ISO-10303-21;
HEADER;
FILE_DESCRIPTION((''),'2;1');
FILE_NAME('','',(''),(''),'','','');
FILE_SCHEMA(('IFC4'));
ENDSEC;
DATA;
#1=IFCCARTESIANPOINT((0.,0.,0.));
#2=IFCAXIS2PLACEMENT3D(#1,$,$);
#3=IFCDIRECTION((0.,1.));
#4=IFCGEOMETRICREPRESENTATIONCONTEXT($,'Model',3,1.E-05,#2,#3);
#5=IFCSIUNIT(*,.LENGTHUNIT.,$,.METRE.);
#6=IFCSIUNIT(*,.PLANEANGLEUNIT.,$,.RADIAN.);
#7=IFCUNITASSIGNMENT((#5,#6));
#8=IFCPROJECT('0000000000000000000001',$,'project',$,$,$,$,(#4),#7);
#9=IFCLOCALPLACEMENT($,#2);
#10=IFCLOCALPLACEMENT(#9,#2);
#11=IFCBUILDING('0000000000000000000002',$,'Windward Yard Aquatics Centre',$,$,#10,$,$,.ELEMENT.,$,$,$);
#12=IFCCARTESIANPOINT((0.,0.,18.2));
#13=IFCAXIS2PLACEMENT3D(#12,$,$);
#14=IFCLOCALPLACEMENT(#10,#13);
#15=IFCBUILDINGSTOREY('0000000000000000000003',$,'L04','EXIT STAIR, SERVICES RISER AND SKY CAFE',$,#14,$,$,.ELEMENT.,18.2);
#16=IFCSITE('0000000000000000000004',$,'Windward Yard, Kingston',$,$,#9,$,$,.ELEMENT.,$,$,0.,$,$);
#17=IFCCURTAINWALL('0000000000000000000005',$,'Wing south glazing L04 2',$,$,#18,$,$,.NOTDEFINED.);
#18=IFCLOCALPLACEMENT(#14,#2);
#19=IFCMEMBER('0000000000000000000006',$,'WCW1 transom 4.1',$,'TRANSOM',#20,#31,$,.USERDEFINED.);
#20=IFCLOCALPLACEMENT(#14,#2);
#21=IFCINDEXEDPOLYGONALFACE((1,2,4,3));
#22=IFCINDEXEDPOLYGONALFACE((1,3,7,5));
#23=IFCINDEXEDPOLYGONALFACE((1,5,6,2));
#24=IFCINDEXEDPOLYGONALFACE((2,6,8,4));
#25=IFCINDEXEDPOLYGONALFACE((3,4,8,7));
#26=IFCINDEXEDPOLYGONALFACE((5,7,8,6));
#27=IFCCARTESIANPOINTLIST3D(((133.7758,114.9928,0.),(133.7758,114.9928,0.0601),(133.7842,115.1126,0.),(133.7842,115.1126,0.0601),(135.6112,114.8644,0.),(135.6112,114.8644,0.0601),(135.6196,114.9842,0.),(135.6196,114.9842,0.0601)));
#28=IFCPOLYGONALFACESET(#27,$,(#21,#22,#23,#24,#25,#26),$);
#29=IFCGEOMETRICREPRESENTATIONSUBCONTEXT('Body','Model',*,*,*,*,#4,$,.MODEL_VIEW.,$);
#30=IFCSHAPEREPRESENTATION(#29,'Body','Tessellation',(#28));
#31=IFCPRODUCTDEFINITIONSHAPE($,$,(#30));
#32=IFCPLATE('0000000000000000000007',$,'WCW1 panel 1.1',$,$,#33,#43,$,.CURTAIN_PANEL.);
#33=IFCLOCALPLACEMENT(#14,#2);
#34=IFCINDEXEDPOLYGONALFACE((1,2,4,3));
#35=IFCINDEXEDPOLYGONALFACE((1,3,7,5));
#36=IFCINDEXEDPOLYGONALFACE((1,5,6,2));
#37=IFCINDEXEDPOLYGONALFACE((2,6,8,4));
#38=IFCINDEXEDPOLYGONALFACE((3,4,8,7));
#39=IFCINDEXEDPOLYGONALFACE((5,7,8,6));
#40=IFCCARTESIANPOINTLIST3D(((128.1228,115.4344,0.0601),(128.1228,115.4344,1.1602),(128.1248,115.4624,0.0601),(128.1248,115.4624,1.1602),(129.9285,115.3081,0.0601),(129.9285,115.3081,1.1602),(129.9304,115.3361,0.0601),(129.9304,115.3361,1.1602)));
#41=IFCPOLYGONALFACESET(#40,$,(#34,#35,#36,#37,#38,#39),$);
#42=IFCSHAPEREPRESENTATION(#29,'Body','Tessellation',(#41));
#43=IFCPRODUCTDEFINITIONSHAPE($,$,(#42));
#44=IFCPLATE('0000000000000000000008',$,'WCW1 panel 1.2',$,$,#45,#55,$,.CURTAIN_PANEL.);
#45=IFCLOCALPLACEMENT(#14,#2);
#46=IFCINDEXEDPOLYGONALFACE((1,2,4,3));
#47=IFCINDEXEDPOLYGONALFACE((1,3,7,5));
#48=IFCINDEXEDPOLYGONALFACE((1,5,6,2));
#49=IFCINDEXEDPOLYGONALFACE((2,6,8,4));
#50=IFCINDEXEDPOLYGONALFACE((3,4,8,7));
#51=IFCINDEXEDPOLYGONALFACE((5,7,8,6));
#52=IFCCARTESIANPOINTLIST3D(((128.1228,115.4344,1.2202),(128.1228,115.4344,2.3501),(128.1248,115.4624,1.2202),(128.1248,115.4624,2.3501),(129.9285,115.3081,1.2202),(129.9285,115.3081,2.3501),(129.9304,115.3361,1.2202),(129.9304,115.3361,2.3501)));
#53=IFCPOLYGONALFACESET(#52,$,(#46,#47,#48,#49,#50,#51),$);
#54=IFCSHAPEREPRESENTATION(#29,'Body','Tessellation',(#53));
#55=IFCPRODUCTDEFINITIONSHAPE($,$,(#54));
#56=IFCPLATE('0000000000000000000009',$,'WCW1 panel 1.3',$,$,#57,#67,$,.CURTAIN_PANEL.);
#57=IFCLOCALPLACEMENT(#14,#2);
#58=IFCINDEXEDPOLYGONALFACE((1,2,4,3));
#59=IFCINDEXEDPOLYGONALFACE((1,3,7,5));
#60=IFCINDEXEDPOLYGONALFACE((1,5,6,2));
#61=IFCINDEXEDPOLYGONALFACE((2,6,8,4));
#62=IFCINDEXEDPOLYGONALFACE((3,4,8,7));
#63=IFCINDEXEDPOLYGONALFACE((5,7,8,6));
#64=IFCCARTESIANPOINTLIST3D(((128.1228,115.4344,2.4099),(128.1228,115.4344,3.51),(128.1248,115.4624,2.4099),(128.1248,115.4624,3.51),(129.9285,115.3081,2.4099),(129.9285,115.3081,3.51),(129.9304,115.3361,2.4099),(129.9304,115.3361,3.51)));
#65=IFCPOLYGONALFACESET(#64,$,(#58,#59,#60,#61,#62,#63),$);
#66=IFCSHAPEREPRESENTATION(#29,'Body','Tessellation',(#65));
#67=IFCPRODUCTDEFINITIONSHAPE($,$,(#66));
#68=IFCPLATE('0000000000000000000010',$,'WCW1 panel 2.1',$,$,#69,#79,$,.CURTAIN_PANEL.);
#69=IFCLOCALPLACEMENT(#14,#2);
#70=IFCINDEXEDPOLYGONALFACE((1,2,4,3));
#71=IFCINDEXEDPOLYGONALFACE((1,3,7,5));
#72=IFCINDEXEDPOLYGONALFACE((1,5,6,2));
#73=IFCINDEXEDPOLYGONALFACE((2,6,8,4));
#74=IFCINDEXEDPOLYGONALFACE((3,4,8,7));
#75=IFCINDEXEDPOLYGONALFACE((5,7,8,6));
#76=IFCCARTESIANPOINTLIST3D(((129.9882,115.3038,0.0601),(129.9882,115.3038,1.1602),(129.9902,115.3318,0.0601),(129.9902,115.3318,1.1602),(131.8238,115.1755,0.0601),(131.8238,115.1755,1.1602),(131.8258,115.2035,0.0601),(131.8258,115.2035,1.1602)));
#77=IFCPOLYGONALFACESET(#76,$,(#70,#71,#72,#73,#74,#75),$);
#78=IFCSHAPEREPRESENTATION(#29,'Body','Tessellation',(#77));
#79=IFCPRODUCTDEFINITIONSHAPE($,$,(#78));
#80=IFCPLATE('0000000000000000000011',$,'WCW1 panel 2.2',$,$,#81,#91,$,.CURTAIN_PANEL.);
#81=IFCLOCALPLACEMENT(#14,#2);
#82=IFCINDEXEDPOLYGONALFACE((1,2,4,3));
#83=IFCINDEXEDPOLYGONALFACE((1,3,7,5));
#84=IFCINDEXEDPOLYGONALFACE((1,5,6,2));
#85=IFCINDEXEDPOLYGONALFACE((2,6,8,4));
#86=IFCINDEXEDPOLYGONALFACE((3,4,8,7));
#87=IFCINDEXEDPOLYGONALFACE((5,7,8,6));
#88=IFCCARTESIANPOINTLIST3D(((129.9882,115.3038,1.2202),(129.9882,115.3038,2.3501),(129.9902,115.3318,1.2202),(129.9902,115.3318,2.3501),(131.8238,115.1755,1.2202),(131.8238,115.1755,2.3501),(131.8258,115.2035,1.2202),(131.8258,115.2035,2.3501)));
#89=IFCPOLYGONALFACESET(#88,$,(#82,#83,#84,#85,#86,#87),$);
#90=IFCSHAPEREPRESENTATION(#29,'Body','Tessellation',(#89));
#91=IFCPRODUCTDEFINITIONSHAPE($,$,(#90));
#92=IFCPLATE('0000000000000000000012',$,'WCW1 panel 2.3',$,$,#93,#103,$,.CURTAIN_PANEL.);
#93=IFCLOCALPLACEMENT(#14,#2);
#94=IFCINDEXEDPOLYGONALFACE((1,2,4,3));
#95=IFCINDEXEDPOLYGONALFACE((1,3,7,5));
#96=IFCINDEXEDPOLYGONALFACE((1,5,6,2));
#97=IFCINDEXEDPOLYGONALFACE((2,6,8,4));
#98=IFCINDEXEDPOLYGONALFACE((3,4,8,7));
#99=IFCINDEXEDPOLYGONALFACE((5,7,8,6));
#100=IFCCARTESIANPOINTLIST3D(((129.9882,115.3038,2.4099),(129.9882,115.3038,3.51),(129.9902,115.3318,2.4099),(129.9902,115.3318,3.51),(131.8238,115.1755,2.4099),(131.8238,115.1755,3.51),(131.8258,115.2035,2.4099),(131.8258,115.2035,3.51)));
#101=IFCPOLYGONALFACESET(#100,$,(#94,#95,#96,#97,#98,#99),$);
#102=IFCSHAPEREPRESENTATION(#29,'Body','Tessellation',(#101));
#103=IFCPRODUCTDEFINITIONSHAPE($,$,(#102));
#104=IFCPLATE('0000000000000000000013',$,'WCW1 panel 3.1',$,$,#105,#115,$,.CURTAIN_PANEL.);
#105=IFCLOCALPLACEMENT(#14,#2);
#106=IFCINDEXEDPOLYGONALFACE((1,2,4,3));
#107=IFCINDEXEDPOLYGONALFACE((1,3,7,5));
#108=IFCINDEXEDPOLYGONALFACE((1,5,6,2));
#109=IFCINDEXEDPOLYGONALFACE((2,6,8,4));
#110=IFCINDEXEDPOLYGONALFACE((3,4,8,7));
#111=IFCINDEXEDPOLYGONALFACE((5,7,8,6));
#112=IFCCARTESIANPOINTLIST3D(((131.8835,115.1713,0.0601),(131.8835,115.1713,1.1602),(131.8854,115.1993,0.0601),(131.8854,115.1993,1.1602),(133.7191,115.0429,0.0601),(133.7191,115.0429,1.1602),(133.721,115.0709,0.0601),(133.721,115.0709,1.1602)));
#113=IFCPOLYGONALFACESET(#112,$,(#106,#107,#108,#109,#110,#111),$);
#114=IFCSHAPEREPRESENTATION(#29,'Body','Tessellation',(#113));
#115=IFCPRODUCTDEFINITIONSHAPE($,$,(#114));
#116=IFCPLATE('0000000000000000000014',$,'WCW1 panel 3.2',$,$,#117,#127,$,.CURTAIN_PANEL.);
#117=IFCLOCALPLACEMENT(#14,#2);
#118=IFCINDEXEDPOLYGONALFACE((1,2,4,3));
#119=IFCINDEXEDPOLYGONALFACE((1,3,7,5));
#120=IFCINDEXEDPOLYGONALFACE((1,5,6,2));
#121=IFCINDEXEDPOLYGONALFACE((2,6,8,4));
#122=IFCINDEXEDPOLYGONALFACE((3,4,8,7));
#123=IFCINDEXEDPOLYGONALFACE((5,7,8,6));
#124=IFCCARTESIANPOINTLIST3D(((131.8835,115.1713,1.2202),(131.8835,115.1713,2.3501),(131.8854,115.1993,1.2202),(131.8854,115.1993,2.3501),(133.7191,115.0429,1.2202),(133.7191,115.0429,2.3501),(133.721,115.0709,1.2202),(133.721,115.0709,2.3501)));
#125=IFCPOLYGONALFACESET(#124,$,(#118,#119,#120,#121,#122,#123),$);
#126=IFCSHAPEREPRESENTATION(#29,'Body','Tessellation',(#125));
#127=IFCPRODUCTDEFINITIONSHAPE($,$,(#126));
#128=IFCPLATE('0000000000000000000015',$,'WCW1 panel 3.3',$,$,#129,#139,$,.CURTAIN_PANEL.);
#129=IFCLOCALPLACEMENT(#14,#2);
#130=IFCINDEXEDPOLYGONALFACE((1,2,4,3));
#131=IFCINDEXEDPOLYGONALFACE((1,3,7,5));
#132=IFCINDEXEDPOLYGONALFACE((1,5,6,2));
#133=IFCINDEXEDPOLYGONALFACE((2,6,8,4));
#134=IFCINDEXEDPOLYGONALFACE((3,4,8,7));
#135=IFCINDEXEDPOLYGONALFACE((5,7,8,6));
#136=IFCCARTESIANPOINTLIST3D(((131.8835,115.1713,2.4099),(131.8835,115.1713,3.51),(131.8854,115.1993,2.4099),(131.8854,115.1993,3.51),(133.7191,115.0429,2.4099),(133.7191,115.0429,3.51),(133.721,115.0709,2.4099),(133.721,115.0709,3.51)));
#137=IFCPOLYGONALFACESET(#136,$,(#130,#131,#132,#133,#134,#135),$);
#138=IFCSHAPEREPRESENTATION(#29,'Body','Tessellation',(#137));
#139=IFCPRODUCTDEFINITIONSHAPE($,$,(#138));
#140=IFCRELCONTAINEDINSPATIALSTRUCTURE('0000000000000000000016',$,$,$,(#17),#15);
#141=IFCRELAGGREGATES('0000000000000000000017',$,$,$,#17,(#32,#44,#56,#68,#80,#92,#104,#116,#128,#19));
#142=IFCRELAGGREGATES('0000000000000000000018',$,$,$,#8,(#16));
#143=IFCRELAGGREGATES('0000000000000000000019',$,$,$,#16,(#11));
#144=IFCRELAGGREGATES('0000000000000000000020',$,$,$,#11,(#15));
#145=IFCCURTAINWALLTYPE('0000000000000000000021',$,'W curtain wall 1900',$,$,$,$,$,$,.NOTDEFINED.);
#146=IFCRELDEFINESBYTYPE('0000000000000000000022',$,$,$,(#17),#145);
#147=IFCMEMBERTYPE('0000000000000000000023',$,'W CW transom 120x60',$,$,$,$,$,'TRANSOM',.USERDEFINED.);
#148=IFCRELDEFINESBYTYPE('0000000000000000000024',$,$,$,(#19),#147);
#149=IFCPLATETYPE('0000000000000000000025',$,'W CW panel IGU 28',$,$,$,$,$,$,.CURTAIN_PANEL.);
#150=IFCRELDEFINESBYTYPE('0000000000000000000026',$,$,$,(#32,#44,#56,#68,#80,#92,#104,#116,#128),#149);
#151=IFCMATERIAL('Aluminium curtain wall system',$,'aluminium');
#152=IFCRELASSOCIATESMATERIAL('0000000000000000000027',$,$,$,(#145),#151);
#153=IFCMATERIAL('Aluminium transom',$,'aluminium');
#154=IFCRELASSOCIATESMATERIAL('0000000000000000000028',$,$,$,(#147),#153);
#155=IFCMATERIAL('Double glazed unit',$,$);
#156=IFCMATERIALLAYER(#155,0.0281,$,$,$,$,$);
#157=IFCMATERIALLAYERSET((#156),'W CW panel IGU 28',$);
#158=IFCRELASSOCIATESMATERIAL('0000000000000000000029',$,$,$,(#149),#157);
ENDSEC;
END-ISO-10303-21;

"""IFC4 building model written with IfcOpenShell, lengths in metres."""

from ifc_helpers import new_model, si_unit, direction, frame, origin, origin_2d, place, context, subcontext, project, spatial, rectangle, extrude, material, layer, layer_set, material_profile, profile_set, type_object, element, aggregate, save


model = new_model("IFC4")

# Units and contexts
model_context = context("Model", 3, precision=1e-05, world=origin(), true_north=direction((0.0, 1.0)))
body_context = subcontext(model_context, "Body", "Model", "MODEL_VIEW")
ifc_project = project(units=[si_unit("LENGTHUNIT", "METRE"), si_unit("PLANEANGLEUNIT", "RADIAN")], contexts=[model_context])

# Site, building, storey
site_placement = place(None, origin())
site = spatial("IfcSite", under=ifc_project, at=site_placement, Name="Windward Yard, Kingston", CompositionType="ELEMENT", RefElevation=0.0)
building_placement = place(site_placement, origin())
building = spatial("IfcBuilding", under=site, at=building_placement, Name="Windward Yard Aquatics Centre", CompositionType="ELEMENT")
storey_placement = place(building_placement, frame((0.0, 0.0, 18.2)))
storey = spatial("IfcBuildingStorey", under=building, at=storey_placement, Name="L04", Description="EXIT STAIR, SERVICES RISER AND SKY CAFE", CompositionType="ELEMENT", Elevation=18.2)

# Curtain wall, member, plates
ifc_material_1 = material(Name="Aluminium curtain wall system", Category="aluminium")
curtain_wall_type = type_object("IfcCurtainWallType", Name="W curtain wall 1900", PredefinedType="NOTDEFINED", material=ifc_material_1)
curtain_wall_placement = place(storey_placement, origin())
curtain_wall = element("IfcCurtainWall", 1, at=curtain_wall_placement, inside=storey, type_object=curtain_wall_type, Name="Wing south glazing L04 2", PredefinedType="NOTDEFINED")
ifc_material_2 = material(Name="Aluminium transom", Category="aluminium")
ifc_material_profile_1 = material_profile(ifc_material_2, rectangle(XDim=0.1201, YDim=0.0601, at=origin_2d()), Name="AL 120x60")
ifc_profile_set_1 = profile_set([ifc_material_profile_1], Name="Aluminium transom")
member_type_1 = type_object("IfcMemberType", Name="W CW transom 120x60", ElementType="TRANSOM", PredefinedType="USERDEFINED", material=ifc_profile_set_1)
member_1_placement = place(storey_placement, frame((133.78, 115.0527, 0.03), z_axis=(0.997561, -0.069795, 0.0), x_axis=(0.069795, 0.997561, 0.0)))
member_1 = element("IfcMember", 2, at=member_1_placement, type_object=member_type_1, Name="WCW1 transom 4.1", ObjectType="TRANSOM", PredefinedType="USERDEFINED", context=body_context, shape_type="SweptSolid", body=[
    extrude(rectangle(XDim=0.1201, YDim=0.0601, at=origin_2d()), origin(), (0.0, 0.0, 1.0), 1.8398),
])
ifc_material_3 = material(Name="Double glazed unit")
ifc_layer = layer(ifc_material_3, 0.0281)
ifc_layer_set = layer_set([ifc_layer], Name="W CW panel IGU 28")
plate_type = type_object("IfcPlateType", Name="W CW panel IGU 28", PredefinedType="CURTAIN_PANEL", material=ifc_layer_set)
plate_1_placement = place(storey_placement, frame((129.0266, 115.3853, 0.0601), z_axis=(0.0, 0.0, 1.0), x_axis=(0.997564, -0.069758, 0.0)))
plate_1 = element("IfcPlate", 3, at=plate_1_placement, type_object=plate_type, Name="WCW1 panel 1.1", PredefinedType="CURTAIN_PANEL", context=body_context, shape_type="SweptSolid", body=[
    extrude(rectangle(XDim=1.8101, YDim=0.0281, at=origin_2d()), origin(), (0.0, 0.0, 1.0), 1.1001),
])
plate_2_placement = place(storey_placement, frame((129.0266, 115.3853, 1.2202), z_axis=(0.0, 0.0, 1.0), x_axis=(0.997564, -0.069758, 0.0)))
plate_2 = element("IfcPlate", 4, at=plate_2_placement, type_object=plate_type, Name="WCW1 panel 1.2", PredefinedType="CURTAIN_PANEL", context=body_context, shape_type="SweptSolid", body=[
    extrude(rectangle(XDim=1.8101, YDim=0.0281, at=origin_2d()), origin(), (0.0, 0.0, 1.0), 1.1299),
])
plate_3_placement = place(storey_placement, frame((129.0266, 115.3853, 2.4099), z_axis=(0.0, 0.0, 1.0), x_axis=(0.997564, -0.069758, 0.0)))
plate_3 = element("IfcPlate", 5, at=plate_3_placement, type_object=plate_type, Name="WCW1 panel 1.3", PredefinedType="CURTAIN_PANEL", context=body_context, shape_type="SweptSolid", body=[
    extrude(rectangle(XDim=1.8101, YDim=0.0281, at=origin_2d()), origin(), (0.0, 0.0, 1.0), 1.1001),
])
plate_4_placement = place(storey_placement, frame((130.907, 115.2537, 0.0601), z_axis=(0.0, 0.0, 1.0), x_axis=(0.997564, -0.069758, 0.0)))
plate_4 = element("IfcPlate", 6, at=plate_4_placement, type_object=plate_type, Name="WCW1 panel 2.1", PredefinedType="CURTAIN_PANEL", context=body_context, shape_type="SweptSolid", body=[
    extrude(rectangle(XDim=1.8401, YDim=0.0281, at=origin_2d()), origin(), (0.0, 0.0, 1.0), 1.1001),
])
plate_5_placement = place(storey_placement, frame((130.907, 115.2537, 1.2202), z_axis=(0.0, 0.0, 1.0), x_axis=(0.997564, -0.069758, 0.0)))
plate_5 = element("IfcPlate", 7, at=plate_5_placement, type_object=plate_type, Name="WCW1 panel 2.2", PredefinedType="CURTAIN_PANEL", context=body_context, shape_type="SweptSolid", body=[
    extrude(rectangle(XDim=1.8401, YDim=0.0281, at=origin_2d()), origin(), (0.0, 0.0, 1.0), 1.1299),
])
plate_6_placement = place(storey_placement, frame((130.907, 115.2537, 2.4099), z_axis=(0.0, 0.0, 1.0), x_axis=(0.997564, -0.069758, 0.0)))
plate_6 = element("IfcPlate", 8, at=plate_6_placement, type_object=plate_type, Name="WCW1 panel 2.3", PredefinedType="CURTAIN_PANEL", context=body_context, shape_type="SweptSolid", body=[
    extrude(rectangle(XDim=1.8401, YDim=0.0281, at=origin_2d()), origin(), (0.0, 0.0, 1.0), 1.1001),
])
plate_7_placement = place(storey_placement, frame((132.8022, 115.1211, 0.0601), z_axis=(0.0, 0.0, 1.0), x_axis=(0.997564, -0.069758, 0.0)))
plate_7 = element("IfcPlate", 9, at=plate_7_placement, type_object=plate_type, Name="WCW1 panel 3.1", PredefinedType="CURTAIN_PANEL", context=body_context, shape_type="SweptSolid", body=[
    extrude(rectangle(XDim=1.8401, YDim=0.0281, at=origin_2d()), origin(), (0.0, 0.0, 1.0), 1.1001),
])
plate_8_placement = place(storey_placement, frame((132.8022, 115.1211, 1.2202), z_axis=(0.0, 0.0, 1.0), x_axis=(0.997564, -0.069758, 0.0)))
plate_8 = element("IfcPlate", 10, at=plate_8_placement, type_object=plate_type, Name="WCW1 panel 3.2", PredefinedType="CURTAIN_PANEL", context=body_context, shape_type="SweptSolid", body=[
    extrude(rectangle(XDim=1.8401, YDim=0.0281, at=origin_2d()), origin(), (0.0, 0.0, 1.0), 1.1299),
])
plate_9_placement = place(storey_placement, frame((132.8022, 115.1211, 2.4099), z_axis=(0.0, 0.0, 1.0), x_axis=(0.997564, -0.069758, 0.0)))
plate_9 = element("IfcPlate", 11, at=plate_9_placement, type_object=plate_type, Name="WCW1 panel 3.3", PredefinedType="CURTAIN_PANEL", context=body_context, shape_type="SweptSolid", body=[
    extrude(rectangle(XDim=1.8401, YDim=0.0281, at=origin_2d()), origin(), (0.0, 0.0, 1.0), 1.1001),
])
aggregate(curtain_wall, [plate_1, plate_2, plate_3, plate_4, plate_5, plate_6, plate_7, plate_8, plate_9, member_1])

save(model, "model.ifc")
